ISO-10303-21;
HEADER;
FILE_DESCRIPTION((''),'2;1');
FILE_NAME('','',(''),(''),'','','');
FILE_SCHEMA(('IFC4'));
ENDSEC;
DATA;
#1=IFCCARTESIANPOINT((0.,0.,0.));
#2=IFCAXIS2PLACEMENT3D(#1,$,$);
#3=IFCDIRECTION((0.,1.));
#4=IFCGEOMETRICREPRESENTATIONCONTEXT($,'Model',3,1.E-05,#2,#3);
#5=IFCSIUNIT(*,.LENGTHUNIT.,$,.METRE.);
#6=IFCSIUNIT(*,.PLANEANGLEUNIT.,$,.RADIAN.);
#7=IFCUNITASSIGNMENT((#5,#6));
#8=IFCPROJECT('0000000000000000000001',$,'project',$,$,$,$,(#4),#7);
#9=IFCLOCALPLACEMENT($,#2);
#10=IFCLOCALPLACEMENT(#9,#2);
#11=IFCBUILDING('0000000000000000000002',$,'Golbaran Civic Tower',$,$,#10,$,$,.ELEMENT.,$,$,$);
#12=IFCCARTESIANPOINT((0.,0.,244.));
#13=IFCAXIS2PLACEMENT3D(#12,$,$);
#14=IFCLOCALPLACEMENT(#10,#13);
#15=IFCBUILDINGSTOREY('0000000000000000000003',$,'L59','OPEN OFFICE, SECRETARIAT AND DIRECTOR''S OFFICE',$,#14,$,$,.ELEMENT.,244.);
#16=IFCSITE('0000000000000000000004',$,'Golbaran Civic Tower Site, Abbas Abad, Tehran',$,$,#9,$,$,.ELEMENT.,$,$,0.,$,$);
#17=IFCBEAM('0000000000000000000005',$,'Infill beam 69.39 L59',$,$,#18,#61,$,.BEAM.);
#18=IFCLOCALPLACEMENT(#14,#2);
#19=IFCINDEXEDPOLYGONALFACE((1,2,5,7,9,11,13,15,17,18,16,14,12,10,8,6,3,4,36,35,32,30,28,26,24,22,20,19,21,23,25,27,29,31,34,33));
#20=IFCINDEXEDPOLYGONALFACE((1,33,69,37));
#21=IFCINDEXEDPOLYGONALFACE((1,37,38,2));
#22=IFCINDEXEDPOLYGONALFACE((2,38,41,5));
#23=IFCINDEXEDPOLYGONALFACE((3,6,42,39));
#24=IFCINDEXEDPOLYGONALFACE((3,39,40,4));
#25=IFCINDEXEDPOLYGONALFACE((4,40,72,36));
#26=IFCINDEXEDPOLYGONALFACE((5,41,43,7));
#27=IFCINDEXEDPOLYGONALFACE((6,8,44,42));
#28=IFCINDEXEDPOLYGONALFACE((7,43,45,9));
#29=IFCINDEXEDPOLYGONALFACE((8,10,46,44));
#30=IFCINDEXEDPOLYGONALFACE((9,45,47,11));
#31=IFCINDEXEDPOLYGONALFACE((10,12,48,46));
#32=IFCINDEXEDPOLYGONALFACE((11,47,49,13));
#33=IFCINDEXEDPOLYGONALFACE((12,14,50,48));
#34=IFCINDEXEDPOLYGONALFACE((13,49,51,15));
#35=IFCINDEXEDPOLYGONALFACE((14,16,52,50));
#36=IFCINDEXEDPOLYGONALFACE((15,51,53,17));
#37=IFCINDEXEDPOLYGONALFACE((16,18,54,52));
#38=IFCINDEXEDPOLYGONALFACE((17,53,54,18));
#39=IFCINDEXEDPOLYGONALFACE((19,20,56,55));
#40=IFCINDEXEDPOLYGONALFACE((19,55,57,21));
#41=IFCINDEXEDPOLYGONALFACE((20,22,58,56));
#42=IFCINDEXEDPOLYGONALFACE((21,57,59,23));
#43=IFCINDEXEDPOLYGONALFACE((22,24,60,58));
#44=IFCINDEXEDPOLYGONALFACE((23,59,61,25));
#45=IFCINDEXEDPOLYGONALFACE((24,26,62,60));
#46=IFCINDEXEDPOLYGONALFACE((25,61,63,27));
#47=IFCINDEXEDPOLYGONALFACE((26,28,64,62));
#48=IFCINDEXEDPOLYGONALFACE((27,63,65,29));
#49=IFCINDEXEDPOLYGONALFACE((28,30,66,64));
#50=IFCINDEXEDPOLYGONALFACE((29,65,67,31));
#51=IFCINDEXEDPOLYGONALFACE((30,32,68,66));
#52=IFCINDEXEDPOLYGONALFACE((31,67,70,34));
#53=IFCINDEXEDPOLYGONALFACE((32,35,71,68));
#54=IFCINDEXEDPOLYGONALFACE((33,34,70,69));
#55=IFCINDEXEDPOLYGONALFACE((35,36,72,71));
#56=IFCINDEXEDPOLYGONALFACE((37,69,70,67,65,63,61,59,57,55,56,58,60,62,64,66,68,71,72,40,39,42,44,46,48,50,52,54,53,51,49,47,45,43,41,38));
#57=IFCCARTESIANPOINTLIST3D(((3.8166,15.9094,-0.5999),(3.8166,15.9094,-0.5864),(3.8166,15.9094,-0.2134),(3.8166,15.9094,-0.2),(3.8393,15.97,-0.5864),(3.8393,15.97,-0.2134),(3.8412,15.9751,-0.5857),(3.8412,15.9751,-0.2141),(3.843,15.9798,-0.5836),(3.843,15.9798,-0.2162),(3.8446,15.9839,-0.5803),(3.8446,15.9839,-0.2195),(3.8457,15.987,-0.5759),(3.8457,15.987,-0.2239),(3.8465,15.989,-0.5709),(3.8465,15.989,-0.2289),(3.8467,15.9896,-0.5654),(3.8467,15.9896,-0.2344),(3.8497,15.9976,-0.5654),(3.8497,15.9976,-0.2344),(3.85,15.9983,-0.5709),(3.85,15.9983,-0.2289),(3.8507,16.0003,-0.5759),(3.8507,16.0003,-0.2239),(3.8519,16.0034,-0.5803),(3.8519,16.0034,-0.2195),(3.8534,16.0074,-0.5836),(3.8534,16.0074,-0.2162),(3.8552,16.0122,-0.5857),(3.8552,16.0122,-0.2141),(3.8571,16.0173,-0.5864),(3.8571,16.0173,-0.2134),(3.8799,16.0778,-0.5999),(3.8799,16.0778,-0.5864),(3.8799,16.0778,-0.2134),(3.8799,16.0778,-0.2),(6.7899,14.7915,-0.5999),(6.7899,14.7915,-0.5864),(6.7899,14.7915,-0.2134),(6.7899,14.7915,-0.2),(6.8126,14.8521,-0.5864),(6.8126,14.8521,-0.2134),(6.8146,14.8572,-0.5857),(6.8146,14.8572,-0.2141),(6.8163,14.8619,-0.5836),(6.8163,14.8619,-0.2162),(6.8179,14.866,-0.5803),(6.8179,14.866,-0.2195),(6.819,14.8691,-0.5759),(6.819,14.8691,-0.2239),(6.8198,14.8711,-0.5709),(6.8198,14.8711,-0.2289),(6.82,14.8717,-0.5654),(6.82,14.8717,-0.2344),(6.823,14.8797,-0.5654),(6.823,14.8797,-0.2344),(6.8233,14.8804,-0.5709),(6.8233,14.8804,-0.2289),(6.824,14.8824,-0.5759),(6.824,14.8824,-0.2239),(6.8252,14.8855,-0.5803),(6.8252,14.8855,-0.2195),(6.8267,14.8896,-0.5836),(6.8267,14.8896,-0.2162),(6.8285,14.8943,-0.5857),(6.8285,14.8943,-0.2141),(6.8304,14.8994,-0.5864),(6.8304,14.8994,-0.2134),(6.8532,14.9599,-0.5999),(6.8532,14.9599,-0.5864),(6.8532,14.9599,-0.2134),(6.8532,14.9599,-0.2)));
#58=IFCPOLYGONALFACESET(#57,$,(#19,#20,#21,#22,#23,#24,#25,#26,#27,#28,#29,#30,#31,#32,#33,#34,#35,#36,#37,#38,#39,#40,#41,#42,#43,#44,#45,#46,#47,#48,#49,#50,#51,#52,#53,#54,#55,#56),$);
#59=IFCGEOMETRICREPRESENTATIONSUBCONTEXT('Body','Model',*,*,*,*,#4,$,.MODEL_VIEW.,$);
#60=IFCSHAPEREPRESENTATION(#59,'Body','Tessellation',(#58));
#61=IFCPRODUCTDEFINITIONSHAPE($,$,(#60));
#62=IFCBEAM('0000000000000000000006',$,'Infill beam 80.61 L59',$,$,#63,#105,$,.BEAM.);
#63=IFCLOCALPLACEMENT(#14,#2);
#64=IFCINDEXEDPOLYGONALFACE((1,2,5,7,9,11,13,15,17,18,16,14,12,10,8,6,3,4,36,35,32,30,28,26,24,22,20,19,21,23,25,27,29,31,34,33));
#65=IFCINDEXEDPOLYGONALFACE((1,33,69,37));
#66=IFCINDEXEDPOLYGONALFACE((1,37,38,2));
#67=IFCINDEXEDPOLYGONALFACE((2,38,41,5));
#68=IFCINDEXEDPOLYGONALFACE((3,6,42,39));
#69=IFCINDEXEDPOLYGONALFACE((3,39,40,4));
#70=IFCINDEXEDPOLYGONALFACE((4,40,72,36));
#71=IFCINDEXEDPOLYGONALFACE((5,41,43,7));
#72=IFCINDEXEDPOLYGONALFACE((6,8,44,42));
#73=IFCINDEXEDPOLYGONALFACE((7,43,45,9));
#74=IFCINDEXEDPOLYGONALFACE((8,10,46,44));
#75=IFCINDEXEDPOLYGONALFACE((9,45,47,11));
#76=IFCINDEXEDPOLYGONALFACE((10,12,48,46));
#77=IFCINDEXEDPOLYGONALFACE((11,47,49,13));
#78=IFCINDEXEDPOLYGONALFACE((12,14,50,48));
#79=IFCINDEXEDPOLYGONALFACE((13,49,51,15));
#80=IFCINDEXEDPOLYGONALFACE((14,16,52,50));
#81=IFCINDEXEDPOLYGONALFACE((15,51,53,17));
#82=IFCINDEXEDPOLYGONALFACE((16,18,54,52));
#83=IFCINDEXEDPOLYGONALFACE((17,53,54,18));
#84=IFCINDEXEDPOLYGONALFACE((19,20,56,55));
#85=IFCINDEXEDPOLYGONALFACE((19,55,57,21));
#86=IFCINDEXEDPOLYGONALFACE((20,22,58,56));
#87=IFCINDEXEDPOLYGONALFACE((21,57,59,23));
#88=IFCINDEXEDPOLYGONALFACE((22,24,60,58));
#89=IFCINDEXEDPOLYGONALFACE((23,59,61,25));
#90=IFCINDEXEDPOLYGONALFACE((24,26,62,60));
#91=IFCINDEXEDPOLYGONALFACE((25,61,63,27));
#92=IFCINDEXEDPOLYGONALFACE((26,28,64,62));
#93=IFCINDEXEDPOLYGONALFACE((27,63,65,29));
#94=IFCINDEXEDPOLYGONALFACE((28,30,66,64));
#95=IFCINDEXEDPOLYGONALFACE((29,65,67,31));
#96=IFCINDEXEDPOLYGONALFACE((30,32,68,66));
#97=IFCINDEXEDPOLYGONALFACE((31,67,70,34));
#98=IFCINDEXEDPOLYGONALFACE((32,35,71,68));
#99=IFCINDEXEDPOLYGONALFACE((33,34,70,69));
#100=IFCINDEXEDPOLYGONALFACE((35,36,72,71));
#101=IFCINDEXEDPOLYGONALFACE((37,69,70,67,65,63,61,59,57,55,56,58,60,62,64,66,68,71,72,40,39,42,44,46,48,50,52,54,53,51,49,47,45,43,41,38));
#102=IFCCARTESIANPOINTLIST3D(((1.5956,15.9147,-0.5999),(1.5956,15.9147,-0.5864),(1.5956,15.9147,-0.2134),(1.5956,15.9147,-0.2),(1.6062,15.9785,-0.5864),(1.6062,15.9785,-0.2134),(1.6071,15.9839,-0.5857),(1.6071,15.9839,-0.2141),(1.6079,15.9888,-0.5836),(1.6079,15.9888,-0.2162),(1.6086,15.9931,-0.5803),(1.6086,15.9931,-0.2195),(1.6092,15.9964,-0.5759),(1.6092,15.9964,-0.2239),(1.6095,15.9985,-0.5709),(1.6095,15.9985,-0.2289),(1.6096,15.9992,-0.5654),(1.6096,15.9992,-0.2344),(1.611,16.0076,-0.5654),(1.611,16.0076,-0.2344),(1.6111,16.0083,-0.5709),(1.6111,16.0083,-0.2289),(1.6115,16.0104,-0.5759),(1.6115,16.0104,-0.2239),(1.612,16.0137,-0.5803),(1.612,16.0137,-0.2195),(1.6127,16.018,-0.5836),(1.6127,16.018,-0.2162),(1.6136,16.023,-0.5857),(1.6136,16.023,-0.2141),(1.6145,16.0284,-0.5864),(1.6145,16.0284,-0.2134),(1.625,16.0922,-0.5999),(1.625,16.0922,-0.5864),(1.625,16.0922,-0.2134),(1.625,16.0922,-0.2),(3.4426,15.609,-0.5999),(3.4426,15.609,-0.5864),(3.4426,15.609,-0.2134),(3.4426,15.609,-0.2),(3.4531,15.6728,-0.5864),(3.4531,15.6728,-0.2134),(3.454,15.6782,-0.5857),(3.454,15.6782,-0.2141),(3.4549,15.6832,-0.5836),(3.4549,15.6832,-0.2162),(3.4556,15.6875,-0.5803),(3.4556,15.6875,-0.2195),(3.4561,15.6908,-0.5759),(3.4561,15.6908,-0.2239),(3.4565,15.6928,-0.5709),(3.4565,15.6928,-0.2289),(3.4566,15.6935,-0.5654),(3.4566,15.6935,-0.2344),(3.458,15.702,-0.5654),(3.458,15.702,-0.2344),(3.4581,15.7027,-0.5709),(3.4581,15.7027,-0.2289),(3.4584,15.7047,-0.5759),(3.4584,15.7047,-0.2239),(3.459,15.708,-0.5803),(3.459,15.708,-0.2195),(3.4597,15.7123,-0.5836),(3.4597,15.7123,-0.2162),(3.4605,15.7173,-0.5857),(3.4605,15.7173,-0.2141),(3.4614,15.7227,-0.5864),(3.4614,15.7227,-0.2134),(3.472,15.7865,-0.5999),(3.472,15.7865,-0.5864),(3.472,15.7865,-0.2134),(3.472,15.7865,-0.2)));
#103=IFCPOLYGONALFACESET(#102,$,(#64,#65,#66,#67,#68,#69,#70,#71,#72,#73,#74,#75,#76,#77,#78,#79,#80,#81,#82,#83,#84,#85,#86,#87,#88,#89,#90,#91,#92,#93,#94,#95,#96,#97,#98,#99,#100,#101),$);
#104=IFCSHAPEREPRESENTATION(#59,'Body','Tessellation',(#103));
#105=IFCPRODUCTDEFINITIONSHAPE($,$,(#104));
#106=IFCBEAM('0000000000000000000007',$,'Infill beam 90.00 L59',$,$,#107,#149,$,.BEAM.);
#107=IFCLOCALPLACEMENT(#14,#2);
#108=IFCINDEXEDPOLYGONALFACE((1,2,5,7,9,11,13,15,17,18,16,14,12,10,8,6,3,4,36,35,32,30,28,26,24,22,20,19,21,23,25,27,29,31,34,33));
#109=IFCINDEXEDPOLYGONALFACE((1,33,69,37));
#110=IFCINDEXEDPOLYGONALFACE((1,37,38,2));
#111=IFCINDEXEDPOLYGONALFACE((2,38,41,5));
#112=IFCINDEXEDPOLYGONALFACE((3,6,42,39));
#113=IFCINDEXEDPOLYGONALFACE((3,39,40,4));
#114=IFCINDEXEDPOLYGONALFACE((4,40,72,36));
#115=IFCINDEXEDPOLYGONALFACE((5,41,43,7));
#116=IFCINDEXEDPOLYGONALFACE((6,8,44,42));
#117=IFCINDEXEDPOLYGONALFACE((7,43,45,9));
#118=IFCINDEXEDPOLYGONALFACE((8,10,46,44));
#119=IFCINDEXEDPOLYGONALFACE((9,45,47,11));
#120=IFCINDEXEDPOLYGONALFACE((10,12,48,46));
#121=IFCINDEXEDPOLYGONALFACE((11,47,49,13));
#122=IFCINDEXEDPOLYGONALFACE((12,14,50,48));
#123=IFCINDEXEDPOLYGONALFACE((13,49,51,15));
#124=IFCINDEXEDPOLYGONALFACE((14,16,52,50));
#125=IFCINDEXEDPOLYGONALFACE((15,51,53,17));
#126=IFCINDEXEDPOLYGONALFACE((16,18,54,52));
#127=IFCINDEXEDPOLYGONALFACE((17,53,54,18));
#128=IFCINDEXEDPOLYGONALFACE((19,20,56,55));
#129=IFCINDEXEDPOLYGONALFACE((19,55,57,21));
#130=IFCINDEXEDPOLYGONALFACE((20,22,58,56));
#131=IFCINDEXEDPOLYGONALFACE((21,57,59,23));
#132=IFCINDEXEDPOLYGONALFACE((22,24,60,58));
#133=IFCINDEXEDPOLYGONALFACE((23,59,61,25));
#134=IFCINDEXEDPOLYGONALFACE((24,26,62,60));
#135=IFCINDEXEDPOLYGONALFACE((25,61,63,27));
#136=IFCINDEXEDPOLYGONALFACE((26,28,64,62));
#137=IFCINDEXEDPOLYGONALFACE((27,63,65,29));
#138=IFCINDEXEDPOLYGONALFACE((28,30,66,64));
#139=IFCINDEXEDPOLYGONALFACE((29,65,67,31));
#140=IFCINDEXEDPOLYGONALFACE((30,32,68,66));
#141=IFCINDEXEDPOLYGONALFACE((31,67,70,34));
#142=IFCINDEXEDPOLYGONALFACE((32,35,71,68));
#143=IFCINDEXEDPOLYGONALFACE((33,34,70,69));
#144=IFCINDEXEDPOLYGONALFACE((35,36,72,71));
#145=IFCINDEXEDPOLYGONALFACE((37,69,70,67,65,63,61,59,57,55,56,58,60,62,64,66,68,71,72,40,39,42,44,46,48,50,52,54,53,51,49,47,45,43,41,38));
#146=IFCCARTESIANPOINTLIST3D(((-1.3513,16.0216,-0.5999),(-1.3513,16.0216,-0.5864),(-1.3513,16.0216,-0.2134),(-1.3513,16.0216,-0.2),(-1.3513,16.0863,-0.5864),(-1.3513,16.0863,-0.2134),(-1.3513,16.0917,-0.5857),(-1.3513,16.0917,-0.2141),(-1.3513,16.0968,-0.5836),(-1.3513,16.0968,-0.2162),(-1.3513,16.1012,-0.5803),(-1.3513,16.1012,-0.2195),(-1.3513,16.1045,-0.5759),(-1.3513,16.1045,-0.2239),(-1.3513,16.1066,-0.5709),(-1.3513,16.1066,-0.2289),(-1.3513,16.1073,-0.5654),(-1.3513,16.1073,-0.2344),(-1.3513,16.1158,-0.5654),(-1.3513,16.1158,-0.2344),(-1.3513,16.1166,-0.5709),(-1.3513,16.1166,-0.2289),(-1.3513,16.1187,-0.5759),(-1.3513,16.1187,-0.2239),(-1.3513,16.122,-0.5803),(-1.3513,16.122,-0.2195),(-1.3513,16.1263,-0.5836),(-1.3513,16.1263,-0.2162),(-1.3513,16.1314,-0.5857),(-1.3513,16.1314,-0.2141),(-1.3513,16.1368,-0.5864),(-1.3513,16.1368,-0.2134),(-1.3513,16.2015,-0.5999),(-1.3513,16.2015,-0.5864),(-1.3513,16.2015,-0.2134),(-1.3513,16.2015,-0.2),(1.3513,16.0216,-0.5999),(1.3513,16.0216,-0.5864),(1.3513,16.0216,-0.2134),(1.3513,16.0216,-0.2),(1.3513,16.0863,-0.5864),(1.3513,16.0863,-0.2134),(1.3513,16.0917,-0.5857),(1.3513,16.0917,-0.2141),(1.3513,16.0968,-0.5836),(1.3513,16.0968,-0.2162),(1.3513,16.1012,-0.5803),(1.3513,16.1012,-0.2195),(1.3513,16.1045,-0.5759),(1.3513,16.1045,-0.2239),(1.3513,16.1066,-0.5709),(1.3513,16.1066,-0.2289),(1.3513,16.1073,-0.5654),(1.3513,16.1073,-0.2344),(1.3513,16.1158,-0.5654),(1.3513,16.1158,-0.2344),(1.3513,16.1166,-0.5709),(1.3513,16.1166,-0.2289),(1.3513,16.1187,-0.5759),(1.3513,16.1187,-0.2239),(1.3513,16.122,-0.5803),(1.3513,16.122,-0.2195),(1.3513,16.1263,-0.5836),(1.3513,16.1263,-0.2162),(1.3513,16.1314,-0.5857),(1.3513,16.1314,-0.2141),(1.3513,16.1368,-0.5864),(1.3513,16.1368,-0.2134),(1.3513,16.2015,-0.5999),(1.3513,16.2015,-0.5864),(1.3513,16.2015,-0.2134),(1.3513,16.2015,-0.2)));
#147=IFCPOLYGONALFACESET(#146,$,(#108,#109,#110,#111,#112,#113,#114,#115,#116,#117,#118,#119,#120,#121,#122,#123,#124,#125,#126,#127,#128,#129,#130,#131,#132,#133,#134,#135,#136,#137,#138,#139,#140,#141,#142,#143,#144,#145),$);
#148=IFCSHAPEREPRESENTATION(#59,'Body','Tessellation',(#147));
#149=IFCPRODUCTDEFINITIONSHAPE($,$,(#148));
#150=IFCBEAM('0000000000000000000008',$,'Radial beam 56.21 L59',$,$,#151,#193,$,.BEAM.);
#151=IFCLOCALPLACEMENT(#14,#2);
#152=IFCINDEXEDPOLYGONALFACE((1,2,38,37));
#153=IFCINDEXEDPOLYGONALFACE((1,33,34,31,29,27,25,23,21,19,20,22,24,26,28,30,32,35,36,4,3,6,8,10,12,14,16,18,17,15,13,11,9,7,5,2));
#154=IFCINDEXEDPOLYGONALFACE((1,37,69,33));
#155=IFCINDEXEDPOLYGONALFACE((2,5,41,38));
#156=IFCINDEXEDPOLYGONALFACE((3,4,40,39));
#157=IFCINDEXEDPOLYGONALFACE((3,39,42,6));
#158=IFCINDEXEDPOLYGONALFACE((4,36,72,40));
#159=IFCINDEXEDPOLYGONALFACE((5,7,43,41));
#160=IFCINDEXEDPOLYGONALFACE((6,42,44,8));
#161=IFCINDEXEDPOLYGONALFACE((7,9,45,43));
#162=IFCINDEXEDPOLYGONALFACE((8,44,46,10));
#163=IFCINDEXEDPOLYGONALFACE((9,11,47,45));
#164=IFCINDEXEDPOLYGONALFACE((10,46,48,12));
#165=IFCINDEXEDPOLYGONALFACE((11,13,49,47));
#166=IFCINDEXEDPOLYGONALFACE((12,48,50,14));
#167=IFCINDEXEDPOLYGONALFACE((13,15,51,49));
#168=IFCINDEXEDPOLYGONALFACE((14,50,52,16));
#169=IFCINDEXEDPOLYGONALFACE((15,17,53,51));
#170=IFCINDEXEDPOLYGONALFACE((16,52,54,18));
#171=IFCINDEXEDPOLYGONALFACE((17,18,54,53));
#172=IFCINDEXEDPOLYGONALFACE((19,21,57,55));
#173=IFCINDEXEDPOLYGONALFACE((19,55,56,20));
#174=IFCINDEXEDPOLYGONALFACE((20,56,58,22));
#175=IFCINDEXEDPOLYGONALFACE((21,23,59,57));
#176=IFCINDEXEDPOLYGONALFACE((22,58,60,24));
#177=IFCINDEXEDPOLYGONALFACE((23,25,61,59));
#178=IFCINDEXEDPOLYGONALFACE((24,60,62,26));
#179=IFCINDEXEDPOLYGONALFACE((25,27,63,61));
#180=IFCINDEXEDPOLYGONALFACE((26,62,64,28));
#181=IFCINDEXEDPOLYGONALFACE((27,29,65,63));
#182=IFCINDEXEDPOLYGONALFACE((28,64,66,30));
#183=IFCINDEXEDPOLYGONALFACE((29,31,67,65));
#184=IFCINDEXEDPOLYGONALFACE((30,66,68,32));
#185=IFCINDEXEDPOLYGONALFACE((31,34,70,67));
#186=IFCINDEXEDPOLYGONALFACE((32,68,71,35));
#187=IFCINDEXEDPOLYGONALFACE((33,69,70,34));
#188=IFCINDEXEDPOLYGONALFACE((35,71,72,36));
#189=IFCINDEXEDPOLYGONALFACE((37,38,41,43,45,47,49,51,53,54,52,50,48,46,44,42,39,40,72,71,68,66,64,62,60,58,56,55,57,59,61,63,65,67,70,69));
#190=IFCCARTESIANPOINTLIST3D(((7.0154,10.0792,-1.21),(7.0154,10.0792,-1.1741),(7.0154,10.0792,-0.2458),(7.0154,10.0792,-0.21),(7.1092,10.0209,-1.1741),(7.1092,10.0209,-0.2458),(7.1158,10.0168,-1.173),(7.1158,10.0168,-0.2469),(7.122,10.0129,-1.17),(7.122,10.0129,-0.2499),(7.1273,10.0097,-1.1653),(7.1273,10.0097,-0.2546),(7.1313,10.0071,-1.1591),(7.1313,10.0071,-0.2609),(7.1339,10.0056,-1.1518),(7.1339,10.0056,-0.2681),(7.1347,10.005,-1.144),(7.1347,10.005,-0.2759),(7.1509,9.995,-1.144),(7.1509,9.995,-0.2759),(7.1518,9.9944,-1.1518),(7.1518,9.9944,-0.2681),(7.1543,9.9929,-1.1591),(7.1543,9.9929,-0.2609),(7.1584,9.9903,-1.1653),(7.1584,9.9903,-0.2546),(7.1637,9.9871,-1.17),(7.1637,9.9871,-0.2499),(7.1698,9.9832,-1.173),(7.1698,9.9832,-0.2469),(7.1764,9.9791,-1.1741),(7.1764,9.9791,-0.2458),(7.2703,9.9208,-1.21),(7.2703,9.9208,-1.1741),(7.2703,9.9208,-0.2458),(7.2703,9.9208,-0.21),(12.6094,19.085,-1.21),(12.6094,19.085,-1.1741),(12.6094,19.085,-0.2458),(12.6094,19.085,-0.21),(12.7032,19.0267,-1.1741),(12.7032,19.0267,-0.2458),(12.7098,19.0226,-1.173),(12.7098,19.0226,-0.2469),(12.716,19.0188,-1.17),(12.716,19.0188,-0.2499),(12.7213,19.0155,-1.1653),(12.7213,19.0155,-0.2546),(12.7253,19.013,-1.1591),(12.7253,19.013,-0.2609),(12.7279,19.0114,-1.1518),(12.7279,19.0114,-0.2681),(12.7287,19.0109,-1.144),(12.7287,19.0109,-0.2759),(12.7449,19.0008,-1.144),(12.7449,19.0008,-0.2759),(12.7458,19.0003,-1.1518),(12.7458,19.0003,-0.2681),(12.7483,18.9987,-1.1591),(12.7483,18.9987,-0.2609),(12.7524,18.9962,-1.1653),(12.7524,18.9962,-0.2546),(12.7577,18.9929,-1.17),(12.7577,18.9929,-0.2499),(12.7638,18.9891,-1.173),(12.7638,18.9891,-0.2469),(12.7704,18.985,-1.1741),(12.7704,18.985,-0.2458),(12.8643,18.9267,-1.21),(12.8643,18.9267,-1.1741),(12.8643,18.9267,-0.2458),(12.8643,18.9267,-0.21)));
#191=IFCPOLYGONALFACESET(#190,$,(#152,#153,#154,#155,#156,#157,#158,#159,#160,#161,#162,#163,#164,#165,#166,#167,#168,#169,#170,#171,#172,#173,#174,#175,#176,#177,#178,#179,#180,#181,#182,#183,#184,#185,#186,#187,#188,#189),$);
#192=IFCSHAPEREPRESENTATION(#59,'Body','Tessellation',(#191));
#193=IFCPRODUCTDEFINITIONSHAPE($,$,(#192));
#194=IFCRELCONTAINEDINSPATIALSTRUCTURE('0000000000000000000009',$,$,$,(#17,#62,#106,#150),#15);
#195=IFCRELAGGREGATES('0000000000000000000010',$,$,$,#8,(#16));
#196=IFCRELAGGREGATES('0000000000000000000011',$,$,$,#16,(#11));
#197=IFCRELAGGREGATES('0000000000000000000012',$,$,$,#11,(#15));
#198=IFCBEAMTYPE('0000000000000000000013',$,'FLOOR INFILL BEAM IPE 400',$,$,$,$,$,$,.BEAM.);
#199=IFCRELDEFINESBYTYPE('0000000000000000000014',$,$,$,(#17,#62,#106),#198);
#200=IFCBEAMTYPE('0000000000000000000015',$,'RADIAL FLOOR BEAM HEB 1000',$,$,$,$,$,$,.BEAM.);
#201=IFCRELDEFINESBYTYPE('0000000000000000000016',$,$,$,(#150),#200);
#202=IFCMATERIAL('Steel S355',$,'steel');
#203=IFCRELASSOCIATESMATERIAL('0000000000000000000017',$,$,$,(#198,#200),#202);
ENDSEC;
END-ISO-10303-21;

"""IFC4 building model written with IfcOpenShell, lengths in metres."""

from ifc_helpers import new_model, si_unit, direction, frame, origin, origin_2d, place, context, subcontext, project, spatial, i_section, extrude, material, material_profile, profile_set, type_object, element, save


model = new_model("IFC4")

# Units and contexts
model_context = context("Model", 3, precision=1e-05, world=origin(), true_north=direction((0.0, 1.0)))
body_context = subcontext(model_context, "Body", "Model", "MODEL_VIEW")
ifc_project = project(units=[si_unit("LENGTHUNIT", "METRE"), si_unit("PLANEANGLEUNIT", "RADIAN")], contexts=[model_context])

# Site, building, storey
site_placement = place(None, origin())
site = spatial("IfcSite", under=ifc_project, at=site_placement, Name="Golbaran Civic Tower Site, Abbas Abad, Tehran", CompositionType="ELEMENT", RefElevation=0.0)
building_placement = place(site_placement, origin())
building = spatial("IfcBuilding", under=site, at=building_placement, Name="Golbaran Civic Tower", CompositionType="ELEMENT")
storey_placement = place(building_placement, frame((0.0, 0.0, 244.0)))
storey = spatial("IfcBuildingStorey", under=building, at=storey_placement, Name="L59", Description="OPEN OFFICE, SECRETARIAT AND DIRECTOR'S OFFICE", CompositionType="ELEMENT", Elevation=244.0)

# Beams
ifc_material_1 = material(Name="Steel S355", Category="steel")
ifc_material_profile_1 = material_profile(ifc_material_1, i_section(OverallWidth=0.1799, OverallDepth=0.3999, WebThickness=0.0085, FlangeThickness=0.0134, FilletRadius=0.021, at=origin_2d()), Name="IPE 400")
ifc_profile_set_1 = profile_set([ifc_material_profile_1], Name="Steel S355")
beam_type_1 = type_object("IfcBeamType", Name="FLOOR INFILL BEAM IPE 400", PredefinedType="BEAM", material=ifc_profile_set_1)
beam_1_placement = place(storey_placement, frame((6.8215, 14.8757, -0.3999), z_axis=(-0.936029, 0.351923, 0.0), x_axis=(-0.351923, -0.936029, 0.0)))
element("IfcBeam", 1, at=beam_1_placement, inside=storey, type_object=beam_type_1, Name="Infill beam 69.39 L59", PredefinedType="BEAM", context=body_context, shape_type="SweptSolid", body=[
    extrude(i_section(OverallWidth=0.1799, OverallDepth=0.3999, WebThickness=0.0085, FlangeThickness=0.0134, FilletRadius=0.021, at=origin_2d()), origin(), (0.0, 0.0, 1.0), 3.1765),
])
beam_2_placement = place(storey_placement, frame((3.4573, 15.6978, -0.3999), z_axis=(-0.98658, 0.163278, 0.0), x_axis=(-0.163278, -0.98658, 0.0)))
element("IfcBeam", 2, at=beam_2_placement, inside=storey, type_object=beam_type_1, Name="Infill beam 80.61 L59", PredefinedType="BEAM", context=body_context, shape_type="SweptSolid", body=[
    extrude(i_section(OverallWidth=0.1799, OverallDepth=0.3999, WebThickness=0.0085, FlangeThickness=0.0134, FilletRadius=0.021, at=origin_2d()), origin(), (0.0, 0.0, 1.0), 1.8721),
])
beam_3_placement = place(storey_placement, frame((1.3513, 16.1116, -0.3999), z_axis=(-1.0, 0.0, 0.0), x_axis=(0.0, -1.0, 0.0)))
element("IfcBeam", 3, at=beam_3_placement, inside=storey, type_object=beam_type_1, Name="Infill beam 90.00 L59", PredefinedType="BEAM", context=body_context, shape_type="SweptSolid", body=[
    extrude(i_section(OverallWidth=0.1799, OverallDepth=0.3999, WebThickness=0.0085, FlangeThickness=0.0134, FilletRadius=0.021, at=origin_2d()), origin(), (0.0, 0.0, 1.0), 2.7026),
])
ifc_material_profile_2 = material_profile(ifc_material_1, i_section(OverallWidth=0.3, OverallDepth=1.0, WebThickness=0.019, FlangeThickness=0.0359, FilletRadius=0.03, at=origin_2d()), Name="HEB 1000")
ifc_profile_set_2 = profile_set([ifc_material_profile_2], Name="Steel S355")
beam_type_2 = type_object("IfcBeamType", Name="RADIAL FLOOR BEAM HEB 1000", PredefinedType="BEAM", material=ifc_profile_set_2)
beam_4_placement = place(storey_placement, frame((7.1428, 10.0, -0.71), z_axis=(0.527645, 0.849465, 0.0), x_axis=(-0.849465, 0.527645, 0.0)))
element("IfcBeam", 4, at=beam_4_placement, inside=storey, type_object=beam_type_2, Name="Radial beam 56.21 L59", PredefinedType="BEAM", context=body_context, shape_type="SweptSolid", body=[
    extrude(i_section(OverallWidth=0.3, OverallDepth=1.0, WebThickness=0.019, FlangeThickness=0.0359, FilletRadius=0.03, at=origin_2d()), origin(), (0.0, 0.0, 1.0), 10.6018),
])

save(model, "model.ifc")
